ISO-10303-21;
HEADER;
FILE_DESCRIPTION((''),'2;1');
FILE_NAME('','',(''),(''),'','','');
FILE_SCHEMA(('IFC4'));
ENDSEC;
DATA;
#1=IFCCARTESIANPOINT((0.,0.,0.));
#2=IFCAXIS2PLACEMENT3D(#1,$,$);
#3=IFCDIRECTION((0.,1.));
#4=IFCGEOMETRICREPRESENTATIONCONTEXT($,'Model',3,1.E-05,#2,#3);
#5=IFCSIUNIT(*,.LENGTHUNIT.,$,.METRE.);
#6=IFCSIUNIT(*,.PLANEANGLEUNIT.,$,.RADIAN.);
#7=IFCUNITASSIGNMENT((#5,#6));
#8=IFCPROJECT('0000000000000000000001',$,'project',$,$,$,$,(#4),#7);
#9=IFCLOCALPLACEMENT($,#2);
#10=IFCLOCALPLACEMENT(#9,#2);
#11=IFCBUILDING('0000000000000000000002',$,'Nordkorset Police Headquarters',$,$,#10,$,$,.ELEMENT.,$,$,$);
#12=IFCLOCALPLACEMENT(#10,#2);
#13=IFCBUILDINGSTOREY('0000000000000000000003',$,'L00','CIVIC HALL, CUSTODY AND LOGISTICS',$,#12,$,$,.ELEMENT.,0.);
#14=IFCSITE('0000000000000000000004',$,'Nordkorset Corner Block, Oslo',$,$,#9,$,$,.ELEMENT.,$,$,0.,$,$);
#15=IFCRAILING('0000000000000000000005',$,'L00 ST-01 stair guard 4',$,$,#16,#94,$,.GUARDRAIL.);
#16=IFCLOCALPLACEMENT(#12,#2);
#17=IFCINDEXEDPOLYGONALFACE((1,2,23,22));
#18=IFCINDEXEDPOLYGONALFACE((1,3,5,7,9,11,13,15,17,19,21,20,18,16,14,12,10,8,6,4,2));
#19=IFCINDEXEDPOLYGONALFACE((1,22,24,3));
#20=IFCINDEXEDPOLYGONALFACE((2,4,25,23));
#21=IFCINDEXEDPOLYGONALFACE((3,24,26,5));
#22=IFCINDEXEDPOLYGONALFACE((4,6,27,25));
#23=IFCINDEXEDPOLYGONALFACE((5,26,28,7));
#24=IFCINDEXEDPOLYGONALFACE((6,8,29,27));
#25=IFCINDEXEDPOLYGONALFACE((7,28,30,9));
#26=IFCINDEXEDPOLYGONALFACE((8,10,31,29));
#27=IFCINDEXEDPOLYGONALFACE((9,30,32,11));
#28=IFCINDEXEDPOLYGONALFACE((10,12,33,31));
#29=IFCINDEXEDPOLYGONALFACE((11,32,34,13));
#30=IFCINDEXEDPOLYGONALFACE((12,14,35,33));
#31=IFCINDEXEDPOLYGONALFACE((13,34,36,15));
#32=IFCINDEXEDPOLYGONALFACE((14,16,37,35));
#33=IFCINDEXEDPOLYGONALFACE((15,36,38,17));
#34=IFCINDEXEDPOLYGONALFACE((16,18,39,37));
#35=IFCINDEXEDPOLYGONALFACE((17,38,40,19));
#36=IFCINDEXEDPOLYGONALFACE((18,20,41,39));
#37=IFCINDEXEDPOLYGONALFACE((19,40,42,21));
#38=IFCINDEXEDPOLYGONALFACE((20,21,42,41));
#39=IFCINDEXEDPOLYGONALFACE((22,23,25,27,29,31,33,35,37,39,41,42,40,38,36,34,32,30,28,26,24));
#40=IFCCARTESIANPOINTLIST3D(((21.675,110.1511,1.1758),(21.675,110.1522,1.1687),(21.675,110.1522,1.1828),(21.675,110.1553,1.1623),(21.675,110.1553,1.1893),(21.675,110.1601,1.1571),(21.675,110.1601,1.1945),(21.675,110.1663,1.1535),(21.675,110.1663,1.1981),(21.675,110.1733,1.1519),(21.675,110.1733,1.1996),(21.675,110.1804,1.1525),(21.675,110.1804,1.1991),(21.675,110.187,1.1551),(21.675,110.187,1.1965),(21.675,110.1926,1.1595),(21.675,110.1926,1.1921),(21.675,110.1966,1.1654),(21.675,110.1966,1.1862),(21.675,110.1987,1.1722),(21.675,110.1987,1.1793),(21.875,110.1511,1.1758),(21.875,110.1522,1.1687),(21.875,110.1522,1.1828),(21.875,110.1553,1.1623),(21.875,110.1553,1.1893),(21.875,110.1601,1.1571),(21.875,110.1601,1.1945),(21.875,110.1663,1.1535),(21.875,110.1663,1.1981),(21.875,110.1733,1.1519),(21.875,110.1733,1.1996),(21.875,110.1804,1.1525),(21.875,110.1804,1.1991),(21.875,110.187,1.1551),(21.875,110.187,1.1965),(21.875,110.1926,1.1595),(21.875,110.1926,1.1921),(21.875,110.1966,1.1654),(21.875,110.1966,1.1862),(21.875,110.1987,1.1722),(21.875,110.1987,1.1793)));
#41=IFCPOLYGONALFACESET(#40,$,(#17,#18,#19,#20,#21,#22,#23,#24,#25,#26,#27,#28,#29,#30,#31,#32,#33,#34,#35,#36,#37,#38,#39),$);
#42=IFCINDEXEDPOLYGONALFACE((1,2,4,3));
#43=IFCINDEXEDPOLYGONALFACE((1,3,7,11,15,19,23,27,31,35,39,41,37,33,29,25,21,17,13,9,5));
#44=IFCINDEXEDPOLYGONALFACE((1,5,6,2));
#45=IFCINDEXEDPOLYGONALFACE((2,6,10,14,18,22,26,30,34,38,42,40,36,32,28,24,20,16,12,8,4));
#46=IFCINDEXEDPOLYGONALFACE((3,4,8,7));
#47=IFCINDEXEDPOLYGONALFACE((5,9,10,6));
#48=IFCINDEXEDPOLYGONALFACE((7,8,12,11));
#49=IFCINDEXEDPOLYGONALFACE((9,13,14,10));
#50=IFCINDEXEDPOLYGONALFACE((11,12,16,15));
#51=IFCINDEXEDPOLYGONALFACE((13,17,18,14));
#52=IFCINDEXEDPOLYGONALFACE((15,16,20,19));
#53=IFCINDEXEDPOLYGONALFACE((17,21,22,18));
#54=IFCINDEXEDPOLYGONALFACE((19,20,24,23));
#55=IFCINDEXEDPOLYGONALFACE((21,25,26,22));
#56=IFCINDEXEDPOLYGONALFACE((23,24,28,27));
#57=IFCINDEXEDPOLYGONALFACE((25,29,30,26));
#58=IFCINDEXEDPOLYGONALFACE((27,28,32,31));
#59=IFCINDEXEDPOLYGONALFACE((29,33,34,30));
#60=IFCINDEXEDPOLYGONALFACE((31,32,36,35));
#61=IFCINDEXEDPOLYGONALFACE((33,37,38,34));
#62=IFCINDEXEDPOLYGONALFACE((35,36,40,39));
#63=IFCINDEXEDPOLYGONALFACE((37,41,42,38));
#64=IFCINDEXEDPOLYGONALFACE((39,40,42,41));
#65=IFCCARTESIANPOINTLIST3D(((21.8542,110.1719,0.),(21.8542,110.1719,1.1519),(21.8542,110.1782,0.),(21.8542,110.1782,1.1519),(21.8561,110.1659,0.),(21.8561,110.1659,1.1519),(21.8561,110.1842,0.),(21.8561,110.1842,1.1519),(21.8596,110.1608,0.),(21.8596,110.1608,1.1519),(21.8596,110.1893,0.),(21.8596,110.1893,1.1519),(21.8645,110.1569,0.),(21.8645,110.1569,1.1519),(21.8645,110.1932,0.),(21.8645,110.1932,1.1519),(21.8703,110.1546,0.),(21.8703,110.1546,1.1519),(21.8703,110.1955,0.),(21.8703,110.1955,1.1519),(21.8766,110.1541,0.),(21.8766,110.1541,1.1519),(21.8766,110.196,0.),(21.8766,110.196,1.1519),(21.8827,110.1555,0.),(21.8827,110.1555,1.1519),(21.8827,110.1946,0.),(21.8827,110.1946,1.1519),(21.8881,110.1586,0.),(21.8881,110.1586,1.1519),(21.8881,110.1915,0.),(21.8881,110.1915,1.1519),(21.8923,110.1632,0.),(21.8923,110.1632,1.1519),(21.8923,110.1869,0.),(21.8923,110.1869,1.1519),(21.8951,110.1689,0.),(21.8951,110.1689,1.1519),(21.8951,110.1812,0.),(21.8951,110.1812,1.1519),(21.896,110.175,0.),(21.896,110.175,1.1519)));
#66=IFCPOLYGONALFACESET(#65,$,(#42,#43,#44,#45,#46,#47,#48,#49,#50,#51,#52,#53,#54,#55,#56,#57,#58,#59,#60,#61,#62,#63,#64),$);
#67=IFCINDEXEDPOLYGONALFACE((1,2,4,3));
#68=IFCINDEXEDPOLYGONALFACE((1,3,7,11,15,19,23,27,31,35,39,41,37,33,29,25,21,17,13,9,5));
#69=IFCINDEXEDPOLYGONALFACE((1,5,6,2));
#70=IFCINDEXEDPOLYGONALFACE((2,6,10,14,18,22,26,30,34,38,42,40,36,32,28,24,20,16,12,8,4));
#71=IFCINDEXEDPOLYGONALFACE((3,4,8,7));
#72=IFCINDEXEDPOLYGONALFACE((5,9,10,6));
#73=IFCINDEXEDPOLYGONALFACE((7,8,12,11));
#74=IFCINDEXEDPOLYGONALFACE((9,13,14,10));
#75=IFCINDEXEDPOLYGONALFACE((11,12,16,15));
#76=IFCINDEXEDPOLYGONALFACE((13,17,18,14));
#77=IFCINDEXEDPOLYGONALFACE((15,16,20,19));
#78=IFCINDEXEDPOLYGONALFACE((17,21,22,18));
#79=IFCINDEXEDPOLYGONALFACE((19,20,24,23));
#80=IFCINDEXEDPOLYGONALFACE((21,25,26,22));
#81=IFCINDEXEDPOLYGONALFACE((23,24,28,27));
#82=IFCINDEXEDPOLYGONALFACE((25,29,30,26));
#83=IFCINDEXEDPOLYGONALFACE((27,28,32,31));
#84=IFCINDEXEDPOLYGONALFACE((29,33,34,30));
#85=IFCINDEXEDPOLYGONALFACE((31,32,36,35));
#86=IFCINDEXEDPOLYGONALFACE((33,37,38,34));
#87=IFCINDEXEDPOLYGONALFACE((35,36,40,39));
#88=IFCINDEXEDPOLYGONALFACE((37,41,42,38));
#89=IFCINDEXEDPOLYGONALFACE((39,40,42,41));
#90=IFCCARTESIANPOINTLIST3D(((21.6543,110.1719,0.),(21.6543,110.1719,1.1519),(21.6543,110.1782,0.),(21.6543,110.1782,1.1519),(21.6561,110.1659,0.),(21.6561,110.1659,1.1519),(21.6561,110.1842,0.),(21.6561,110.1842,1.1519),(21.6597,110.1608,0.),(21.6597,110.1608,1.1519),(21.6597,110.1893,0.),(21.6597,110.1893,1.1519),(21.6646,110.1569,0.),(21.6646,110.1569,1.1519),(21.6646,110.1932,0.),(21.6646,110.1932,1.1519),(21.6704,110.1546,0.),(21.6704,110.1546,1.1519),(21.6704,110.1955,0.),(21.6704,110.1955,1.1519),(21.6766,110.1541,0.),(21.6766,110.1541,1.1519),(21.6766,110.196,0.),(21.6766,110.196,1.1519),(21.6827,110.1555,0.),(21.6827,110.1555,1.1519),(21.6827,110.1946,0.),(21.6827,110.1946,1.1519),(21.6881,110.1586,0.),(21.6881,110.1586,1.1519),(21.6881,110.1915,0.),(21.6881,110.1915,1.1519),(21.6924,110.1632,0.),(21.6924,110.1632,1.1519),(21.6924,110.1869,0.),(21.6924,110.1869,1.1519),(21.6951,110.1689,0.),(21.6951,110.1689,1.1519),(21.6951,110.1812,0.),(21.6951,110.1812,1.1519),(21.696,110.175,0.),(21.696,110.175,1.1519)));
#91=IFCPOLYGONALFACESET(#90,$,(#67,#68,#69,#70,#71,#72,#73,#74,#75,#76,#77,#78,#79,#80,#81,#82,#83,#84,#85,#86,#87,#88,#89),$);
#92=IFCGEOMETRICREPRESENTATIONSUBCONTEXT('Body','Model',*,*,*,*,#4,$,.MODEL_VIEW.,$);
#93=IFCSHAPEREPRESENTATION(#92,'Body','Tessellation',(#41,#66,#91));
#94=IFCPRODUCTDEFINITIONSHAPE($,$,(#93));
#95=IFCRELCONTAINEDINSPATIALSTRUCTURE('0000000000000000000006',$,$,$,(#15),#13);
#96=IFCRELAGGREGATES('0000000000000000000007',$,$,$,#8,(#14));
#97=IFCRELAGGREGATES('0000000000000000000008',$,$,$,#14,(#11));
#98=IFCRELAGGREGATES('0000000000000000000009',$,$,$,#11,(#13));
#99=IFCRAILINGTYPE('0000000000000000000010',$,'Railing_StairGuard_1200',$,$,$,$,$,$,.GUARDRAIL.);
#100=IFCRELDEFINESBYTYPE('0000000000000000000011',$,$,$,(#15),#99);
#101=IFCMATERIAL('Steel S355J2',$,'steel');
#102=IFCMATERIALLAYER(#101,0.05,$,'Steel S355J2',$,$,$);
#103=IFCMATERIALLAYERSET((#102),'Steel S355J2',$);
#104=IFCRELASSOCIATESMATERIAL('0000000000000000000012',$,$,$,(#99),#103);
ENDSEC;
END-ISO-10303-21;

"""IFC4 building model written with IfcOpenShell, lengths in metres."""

from ifc_helpers import new_model, si_unit, direction, frame, origin, origin_2d, place, context, subcontext, project, spatial, circle, extrude, material, layer, layer_set, type_object, element, save


model = new_model("IFC4")

# Units and contexts
model_context = context("Model", 3, precision=1e-05, world=origin(), true_north=direction((0.0, 1.0)))
body_context = subcontext(model_context, "Body", "Model", "MODEL_VIEW")
ifc_project = project(units=[si_unit("LENGTHUNIT", "METRE"), si_unit("PLANEANGLEUNIT", "RADIAN")], contexts=[model_context])

# Site, building, storey
site_placement = place(None, origin())
site = spatial("IfcSite", under=ifc_project, at=site_placement, Name="Nordkorset Corner Block, Oslo", CompositionType="ELEMENT", RefElevation=0.0)
building_placement = place(site_placement, origin())
building = spatial("IfcBuilding", under=site, at=building_placement, Name="Nordkorset Police Headquarters", CompositionType="ELEMENT")
storey_placement = place(building_placement, origin())
storey = spatial("IfcBuildingStorey", under=building, at=storey_placement, Name="L00", Description="CIVIC HALL, CUSTODY AND LOGISTICS", CompositionType="ELEMENT", Elevation=0.0)

# Railing
ifc_material_1 = material(Name="Steel S355J2", Category="steel")
ifc_layer_1 = layer(ifc_material_1, 0.05, Name="Steel S355J2")
ifc_layer_set_1 = layer_set([ifc_layer_1], Name="Steel S355J2")
railing_type = type_object("IfcRailingType", Name="Railing_StairGuard_1200", PredefinedType="GUARDRAIL", material=ifc_layer_set_1)
railing_1_placement = place(storey_placement, frame((21.875, 110.175, 0.0)))
element("IfcRailing", 1, at=railing_1_placement, inside=storey, type_object=railing_type, Name="L00 ST-01 stair guard 4", PredefinedType="GUARDRAIL", context=body_context, shape_type="SweptSolid", body=[
    extrude(circle(Radius=0.0239, at=origin_2d()), frame((0.0, 0.0, 1.1758), z_axis=(-1.0, 0.0, 0.0), x_axis=(0.0, -1.0, 0.0)), (0.0, 0.0, 1.0), 0.2),
    extrude(circle(Radius=0.021, at=origin_2d()), origin(), (0.0, 0.0, 1.0), 1.1519),
    extrude(circle(Radius=0.021, at=origin_2d()), frame((-0.2, 0.0, 0.0)), (0.0, 0.0, 1.0), 1.1519),
])

save(model, "model.ifc")
